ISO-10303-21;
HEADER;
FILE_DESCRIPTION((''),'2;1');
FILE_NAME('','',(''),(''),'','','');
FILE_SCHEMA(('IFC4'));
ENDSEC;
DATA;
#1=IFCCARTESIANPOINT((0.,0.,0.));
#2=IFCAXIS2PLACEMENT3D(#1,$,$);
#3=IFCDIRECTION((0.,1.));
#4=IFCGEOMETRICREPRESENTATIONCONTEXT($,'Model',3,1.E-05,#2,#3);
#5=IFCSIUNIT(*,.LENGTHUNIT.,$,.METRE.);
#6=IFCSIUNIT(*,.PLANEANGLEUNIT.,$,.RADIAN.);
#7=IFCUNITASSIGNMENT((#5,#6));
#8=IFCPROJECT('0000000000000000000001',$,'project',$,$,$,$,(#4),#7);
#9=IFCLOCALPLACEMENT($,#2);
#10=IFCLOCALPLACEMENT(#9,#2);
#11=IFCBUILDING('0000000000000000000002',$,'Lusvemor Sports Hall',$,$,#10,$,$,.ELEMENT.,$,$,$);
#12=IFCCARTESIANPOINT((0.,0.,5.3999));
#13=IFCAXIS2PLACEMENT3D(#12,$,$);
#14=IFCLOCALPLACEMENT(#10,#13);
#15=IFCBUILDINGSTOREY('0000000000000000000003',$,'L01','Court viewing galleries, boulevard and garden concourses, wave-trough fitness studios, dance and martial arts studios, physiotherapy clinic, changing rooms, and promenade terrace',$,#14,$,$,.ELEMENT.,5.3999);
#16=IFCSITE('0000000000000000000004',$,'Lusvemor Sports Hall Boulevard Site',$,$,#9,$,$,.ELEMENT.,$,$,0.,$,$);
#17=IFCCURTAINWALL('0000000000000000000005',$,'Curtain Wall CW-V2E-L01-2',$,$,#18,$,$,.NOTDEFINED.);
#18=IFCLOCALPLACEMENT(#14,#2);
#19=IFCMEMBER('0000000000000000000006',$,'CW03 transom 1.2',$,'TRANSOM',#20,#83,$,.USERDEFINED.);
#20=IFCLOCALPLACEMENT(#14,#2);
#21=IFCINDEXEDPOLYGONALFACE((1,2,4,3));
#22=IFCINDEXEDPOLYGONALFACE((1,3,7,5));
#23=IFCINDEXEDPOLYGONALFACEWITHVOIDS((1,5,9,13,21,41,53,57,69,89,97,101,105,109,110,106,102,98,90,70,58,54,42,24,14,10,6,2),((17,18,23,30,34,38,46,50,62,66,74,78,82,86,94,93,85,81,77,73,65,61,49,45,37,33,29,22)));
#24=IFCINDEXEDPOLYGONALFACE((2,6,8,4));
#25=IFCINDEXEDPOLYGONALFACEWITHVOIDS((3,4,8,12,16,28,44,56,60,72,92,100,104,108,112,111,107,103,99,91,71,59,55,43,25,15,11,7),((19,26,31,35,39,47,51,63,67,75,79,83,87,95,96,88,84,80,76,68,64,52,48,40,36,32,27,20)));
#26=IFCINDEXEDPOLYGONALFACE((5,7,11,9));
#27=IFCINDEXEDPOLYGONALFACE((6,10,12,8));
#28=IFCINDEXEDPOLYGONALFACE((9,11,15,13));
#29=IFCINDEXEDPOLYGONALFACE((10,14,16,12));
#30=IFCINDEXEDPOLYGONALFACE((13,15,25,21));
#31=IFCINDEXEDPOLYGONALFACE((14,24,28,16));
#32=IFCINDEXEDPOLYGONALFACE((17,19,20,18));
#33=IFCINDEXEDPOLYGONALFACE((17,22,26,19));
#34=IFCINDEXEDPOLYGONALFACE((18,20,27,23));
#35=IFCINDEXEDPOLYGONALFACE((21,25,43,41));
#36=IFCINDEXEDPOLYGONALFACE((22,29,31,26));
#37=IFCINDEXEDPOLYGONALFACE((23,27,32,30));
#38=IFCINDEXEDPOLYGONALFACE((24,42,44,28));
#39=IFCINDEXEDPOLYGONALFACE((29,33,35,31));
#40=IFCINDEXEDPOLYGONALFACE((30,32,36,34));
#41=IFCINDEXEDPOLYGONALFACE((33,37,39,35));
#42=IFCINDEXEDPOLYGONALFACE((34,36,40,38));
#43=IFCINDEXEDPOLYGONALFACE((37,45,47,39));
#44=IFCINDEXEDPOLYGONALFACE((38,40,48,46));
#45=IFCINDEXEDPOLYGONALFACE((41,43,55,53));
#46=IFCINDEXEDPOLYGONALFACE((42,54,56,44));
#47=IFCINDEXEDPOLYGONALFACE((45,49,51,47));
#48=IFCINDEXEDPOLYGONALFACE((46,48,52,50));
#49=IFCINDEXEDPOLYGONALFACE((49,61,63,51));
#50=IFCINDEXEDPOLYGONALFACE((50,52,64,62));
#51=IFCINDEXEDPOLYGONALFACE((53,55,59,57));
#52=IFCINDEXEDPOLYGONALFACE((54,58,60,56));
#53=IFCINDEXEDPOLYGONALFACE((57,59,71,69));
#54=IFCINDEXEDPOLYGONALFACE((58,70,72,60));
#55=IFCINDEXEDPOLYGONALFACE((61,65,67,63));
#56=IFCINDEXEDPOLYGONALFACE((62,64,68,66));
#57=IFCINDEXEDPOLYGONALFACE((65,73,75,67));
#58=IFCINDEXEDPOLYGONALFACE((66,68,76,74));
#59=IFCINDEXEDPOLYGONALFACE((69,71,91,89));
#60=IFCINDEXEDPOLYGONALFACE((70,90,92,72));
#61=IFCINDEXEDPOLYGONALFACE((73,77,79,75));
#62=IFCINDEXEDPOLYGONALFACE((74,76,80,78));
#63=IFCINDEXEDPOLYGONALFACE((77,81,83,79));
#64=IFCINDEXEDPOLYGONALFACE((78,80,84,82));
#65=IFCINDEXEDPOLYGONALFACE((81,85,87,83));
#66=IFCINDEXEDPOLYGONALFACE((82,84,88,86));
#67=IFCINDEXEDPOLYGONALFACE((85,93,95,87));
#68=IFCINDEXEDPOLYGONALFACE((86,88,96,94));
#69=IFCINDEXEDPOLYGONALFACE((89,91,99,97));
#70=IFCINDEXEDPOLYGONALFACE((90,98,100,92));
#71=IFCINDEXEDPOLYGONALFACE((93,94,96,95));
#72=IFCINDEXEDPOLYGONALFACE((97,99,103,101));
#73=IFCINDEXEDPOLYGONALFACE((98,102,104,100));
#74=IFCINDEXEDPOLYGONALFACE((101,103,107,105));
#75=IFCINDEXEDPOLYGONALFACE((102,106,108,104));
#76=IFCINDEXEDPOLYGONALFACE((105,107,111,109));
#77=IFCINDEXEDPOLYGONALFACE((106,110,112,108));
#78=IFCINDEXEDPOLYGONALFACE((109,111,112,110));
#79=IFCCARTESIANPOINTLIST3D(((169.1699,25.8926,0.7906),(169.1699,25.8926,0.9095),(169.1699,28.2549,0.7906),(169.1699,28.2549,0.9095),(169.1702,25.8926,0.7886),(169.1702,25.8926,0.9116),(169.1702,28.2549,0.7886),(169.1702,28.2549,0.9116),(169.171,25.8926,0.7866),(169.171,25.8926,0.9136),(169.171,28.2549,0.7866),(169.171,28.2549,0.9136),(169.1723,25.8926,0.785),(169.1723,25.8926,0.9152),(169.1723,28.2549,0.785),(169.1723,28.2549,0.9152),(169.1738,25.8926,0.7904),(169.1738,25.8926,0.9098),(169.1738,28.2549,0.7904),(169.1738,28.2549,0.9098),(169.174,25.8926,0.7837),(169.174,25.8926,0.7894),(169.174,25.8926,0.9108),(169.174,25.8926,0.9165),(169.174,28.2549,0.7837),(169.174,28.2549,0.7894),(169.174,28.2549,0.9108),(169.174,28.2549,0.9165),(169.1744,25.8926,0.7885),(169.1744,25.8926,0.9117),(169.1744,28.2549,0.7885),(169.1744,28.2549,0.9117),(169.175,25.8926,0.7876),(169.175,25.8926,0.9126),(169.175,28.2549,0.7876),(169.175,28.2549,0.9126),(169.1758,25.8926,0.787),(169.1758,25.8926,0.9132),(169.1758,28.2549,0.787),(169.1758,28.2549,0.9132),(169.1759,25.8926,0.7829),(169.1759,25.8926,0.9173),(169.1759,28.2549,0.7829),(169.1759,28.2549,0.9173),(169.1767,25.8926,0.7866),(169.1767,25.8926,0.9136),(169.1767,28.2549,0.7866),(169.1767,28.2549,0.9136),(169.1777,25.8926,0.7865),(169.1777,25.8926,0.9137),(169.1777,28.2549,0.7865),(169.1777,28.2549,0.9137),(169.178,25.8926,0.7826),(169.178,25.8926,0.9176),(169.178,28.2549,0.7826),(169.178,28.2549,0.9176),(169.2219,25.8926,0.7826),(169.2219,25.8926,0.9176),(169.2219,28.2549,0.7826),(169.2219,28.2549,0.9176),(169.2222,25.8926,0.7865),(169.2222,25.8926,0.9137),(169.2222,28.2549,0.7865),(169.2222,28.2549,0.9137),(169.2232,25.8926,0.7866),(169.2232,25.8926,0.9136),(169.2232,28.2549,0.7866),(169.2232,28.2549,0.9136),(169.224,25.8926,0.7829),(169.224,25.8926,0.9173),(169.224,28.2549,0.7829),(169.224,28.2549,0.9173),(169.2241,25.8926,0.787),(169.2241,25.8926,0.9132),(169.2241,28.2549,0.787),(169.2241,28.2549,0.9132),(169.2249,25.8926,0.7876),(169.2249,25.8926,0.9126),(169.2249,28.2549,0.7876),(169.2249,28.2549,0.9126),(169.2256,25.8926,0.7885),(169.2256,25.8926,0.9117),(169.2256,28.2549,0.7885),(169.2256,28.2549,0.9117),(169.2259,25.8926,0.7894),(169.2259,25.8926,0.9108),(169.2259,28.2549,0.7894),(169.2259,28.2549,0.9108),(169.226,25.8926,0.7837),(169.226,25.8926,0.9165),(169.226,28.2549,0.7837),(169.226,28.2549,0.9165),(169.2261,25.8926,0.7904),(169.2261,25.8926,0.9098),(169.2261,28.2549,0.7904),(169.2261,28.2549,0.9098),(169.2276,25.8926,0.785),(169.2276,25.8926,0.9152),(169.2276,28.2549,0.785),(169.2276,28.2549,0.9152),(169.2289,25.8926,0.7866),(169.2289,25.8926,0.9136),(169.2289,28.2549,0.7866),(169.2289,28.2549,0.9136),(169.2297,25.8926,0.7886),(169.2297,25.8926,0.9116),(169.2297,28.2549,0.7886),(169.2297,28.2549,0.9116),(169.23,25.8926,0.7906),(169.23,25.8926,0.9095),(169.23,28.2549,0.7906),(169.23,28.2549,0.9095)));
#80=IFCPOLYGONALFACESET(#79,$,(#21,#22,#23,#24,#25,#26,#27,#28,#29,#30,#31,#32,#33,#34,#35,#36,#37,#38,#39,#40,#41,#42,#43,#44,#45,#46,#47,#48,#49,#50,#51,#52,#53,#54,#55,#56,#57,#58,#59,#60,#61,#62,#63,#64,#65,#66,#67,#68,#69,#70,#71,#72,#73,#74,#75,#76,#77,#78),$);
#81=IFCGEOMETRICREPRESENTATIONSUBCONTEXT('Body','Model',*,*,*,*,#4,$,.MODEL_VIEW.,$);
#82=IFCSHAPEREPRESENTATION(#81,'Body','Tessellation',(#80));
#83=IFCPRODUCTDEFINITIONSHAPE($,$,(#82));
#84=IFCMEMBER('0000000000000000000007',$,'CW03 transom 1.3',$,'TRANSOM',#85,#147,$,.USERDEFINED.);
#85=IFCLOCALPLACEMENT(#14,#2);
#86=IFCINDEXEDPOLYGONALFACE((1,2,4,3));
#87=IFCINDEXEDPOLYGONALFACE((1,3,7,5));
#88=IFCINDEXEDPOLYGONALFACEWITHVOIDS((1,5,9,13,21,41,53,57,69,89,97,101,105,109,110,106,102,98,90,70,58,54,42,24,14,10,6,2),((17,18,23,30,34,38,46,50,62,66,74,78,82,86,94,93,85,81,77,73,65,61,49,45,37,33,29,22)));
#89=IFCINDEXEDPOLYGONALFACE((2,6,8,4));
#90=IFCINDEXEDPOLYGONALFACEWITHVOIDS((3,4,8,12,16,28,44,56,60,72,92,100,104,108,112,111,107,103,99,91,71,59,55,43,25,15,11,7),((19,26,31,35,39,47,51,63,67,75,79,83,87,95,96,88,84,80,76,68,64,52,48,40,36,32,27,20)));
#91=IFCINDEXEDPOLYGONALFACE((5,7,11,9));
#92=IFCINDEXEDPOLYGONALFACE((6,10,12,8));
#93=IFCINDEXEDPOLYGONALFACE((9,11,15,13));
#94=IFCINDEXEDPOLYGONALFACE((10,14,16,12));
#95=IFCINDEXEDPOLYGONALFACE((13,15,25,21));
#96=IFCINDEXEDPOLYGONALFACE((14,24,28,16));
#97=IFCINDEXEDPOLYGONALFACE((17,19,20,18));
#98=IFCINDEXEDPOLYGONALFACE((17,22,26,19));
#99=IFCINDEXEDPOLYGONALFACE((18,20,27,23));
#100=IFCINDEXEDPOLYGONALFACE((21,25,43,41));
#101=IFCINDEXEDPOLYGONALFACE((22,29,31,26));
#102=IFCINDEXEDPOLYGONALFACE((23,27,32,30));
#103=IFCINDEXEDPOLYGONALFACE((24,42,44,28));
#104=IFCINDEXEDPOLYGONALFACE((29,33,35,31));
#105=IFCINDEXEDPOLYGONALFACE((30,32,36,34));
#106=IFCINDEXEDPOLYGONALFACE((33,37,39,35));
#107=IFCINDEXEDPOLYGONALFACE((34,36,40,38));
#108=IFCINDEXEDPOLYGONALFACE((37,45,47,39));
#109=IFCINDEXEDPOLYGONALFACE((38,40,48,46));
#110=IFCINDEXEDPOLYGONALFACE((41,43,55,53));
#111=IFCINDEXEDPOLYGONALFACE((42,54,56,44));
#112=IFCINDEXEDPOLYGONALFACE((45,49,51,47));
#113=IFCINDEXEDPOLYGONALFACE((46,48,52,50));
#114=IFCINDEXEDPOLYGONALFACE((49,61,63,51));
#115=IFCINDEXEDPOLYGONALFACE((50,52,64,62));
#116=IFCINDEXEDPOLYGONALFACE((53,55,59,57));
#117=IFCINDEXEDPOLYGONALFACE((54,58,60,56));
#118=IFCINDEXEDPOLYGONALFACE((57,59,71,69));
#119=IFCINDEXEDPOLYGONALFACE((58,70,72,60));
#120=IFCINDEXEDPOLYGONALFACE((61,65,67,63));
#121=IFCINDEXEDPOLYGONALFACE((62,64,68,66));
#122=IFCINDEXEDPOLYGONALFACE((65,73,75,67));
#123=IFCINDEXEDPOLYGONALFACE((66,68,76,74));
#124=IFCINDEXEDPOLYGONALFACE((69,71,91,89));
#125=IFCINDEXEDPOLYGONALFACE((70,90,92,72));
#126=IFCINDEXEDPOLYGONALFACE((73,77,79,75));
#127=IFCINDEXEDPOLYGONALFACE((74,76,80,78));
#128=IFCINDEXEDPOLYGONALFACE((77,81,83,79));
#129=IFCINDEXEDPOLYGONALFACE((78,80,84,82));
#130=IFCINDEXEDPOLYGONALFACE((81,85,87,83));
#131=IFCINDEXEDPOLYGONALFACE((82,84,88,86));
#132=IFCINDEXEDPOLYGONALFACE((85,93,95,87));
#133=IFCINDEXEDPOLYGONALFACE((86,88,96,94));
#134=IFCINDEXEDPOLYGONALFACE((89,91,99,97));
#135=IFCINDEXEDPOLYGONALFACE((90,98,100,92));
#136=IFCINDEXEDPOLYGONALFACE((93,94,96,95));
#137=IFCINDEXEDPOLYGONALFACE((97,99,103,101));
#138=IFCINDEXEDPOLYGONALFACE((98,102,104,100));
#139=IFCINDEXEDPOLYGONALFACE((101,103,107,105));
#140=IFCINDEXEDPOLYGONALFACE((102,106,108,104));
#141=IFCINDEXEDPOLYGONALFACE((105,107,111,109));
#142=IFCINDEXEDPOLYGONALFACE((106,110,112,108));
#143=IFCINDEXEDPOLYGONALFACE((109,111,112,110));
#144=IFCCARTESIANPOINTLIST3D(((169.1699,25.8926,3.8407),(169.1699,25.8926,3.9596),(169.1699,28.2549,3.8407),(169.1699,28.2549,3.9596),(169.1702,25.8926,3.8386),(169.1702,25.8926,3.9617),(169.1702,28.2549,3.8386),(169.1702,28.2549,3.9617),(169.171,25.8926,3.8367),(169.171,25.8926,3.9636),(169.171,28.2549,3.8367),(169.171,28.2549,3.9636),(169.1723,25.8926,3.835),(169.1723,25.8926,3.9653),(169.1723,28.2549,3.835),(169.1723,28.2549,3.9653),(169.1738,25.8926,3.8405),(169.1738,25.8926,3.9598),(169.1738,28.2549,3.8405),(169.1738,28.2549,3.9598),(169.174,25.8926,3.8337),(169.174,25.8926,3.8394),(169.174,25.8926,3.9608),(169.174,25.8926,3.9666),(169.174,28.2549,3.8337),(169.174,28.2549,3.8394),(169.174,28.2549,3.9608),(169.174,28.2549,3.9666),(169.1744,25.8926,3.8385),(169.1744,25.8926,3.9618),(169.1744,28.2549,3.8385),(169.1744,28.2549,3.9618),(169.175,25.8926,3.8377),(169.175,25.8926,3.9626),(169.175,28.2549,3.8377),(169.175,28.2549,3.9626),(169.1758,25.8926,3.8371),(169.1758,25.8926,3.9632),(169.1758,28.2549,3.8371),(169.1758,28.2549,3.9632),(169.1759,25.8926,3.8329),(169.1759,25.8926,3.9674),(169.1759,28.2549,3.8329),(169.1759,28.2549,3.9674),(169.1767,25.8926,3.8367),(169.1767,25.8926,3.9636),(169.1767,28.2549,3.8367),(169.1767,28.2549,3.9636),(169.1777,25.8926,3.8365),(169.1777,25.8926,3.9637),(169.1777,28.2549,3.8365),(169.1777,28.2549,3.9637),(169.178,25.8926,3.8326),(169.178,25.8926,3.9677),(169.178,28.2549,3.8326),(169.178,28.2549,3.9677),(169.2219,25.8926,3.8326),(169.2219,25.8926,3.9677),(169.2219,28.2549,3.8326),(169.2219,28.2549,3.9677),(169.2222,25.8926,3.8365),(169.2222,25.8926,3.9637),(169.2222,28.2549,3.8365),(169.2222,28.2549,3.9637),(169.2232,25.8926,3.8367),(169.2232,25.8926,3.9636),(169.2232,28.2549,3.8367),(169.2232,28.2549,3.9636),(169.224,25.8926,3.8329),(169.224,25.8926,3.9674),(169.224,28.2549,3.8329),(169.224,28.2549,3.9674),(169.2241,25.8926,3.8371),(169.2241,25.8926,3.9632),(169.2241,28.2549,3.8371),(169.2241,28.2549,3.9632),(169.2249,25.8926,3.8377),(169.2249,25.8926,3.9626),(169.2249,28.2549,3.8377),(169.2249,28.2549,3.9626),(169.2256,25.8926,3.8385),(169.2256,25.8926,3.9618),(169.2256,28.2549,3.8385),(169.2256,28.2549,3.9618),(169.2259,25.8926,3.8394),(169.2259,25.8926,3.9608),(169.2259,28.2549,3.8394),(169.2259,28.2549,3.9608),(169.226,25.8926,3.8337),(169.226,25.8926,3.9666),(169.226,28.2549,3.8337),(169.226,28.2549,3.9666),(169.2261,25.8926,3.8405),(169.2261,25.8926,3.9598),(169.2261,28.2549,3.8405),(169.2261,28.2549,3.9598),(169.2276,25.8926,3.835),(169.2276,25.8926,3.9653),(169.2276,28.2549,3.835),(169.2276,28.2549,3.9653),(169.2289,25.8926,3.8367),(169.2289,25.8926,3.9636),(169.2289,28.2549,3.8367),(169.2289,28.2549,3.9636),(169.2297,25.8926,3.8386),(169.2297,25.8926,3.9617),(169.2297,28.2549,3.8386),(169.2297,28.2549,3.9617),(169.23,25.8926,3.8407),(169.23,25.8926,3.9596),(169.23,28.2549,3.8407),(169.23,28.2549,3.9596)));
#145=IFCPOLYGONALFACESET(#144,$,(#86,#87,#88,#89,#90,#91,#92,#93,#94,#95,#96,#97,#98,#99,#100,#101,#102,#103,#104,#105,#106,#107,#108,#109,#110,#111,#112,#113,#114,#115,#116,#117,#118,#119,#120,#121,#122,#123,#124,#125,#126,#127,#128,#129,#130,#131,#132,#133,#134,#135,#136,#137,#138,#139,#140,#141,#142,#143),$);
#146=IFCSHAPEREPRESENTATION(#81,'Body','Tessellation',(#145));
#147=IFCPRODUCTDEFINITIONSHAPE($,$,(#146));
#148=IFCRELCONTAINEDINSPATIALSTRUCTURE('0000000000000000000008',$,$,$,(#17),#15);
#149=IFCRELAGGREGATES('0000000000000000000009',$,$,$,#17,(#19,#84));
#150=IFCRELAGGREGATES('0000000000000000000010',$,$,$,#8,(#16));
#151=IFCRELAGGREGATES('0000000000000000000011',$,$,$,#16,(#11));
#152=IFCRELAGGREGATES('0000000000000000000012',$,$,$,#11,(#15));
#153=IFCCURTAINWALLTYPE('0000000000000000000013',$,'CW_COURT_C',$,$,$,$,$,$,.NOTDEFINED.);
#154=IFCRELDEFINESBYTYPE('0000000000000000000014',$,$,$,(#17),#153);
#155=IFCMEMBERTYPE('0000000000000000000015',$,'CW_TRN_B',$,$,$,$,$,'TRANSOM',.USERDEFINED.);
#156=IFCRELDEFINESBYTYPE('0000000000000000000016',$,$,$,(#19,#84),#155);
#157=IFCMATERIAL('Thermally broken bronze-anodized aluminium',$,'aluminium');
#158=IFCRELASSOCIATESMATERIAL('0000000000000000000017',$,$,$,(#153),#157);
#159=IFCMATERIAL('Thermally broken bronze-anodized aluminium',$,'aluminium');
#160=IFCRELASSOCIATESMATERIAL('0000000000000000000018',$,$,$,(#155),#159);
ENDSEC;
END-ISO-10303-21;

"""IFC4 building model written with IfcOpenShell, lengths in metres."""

from ifc_helpers import new_model, si_unit, direction, frame, origin, origin_2d, place, context, subcontext, project, spatial, hollow_rectangle, extrude, material, material_profile, profile_set, type_object, element, aggregate, save


model = new_model("IFC4")

# Units and contexts
model_context = context("Model", 3, precision=1e-05, world=origin(), true_north=direction((0.0, 1.0)))
body_context = subcontext(model_context, "Body", "Model", "MODEL_VIEW")
ifc_project = project(units=[si_unit("LENGTHUNIT", "METRE"), si_unit("PLANEANGLEUNIT", "RADIAN")], contexts=[model_context])

# Site, building, storey
site_placement = place(None, origin())
site = spatial("IfcSite", under=ifc_project, at=site_placement, Name="Lusvemor Sports Hall Boulevard Site", CompositionType="ELEMENT", RefElevation=0.0)
building_placement = place(site_placement, origin())
building = spatial("IfcBuilding", under=site, at=building_placement, Name="Lusvemor Sports Hall", CompositionType="ELEMENT")
storey_placement = place(building_placement, frame((0.0, 0.0, 5.3999)))
storey = spatial("IfcBuildingStorey", under=building, at=storey_placement, Name="L01", Description="Court viewing galleries, boulevard and garden concourses, wave-trough fitness studios, dance and martial arts studios, physiotherapy clinic, changing rooms, and promenade terrace", CompositionType="ELEMENT", Elevation=5.3999)

# Curtain wall, members
ifc_material_1 = material(Name="Thermally broken bronze-anodized aluminium", Category="aluminium")
curtain_wall_type = type_object("IfcCurtainWallType", Name="CW_COURT_C", PredefinedType="NOTDEFINED", material=ifc_material_1)
curtain_wall_placement = place(storey_placement, origin())
curtain_wall = element("IfcCurtainWall", 1, at=curtain_wall_placement, inside=storey, type_object=curtain_wall_type, Name="Curtain Wall CW-V2E-L01-2", PredefinedType="NOTDEFINED")
ifc_material_2 = material(Name="Thermally broken bronze-anodized aluminium", Category="aluminium")
ifc_material_profile_1 = material_profile(ifc_material_2, hollow_rectangle(XDim=0.0601, YDim=0.135, WallThickness=0.0039, InnerFilletRadius=0.0039, OuterFilletRadius=0.0081, at=origin_2d()), Name="CWTRN135x60x4")
ifc_profile_set_1 = profile_set([ifc_material_profile_1], Name="Thermally broken bronze-anodized aluminium")
member_type_1 = type_object("IfcMemberType", Name="CW_TRN_B", ElementType="TRANSOM", PredefinedType="USERDEFINED", material=ifc_profile_set_1)
member_1_placement = place(storey_placement, frame((169.2, 28.2549, 0.8501), z_axis=(0.0, -1.0, 0.0), x_axis=(1.0, 0.0, 0.0)))
member_1 = element("IfcMember", 2, at=member_1_placement, type_object=member_type_1, Name="CW03 transom 1.2", ObjectType="TRANSOM", PredefinedType="USERDEFINED", context=body_context, shape_type="SweptSolid", body=[
    extrude(hollow_rectangle(XDim=0.0601, YDim=0.135, WallThickness=0.0039, InnerFilletRadius=0.0039, OuterFilletRadius=0.0081, at=origin_2d()), origin(), (0.0, 0.0, 1.0), 2.3623),
])
member_2_placement = place(storey_placement, frame((169.2, 28.2549, 3.9001), z_axis=(0.0, -1.0, 0.0), x_axis=(1.0, 0.0, 0.0)))
member_2 = element("IfcMember", 3, at=member_2_placement, type_object=member_type_1, Name="CW03 transom 1.3", ObjectType="TRANSOM", PredefinedType="USERDEFINED", context=body_context, shape_type="SweptSolid", body=[
    extrude(hollow_rectangle(XDim=0.0601, YDim=0.135, WallThickness=0.0039, InnerFilletRadius=0.0039, OuterFilletRadius=0.0081, at=origin_2d()), origin(), (0.0, 0.0, 1.0), 2.3623),
])
aggregate(curtain_wall, [member_1, member_2])

save(model, "model.ifc")
